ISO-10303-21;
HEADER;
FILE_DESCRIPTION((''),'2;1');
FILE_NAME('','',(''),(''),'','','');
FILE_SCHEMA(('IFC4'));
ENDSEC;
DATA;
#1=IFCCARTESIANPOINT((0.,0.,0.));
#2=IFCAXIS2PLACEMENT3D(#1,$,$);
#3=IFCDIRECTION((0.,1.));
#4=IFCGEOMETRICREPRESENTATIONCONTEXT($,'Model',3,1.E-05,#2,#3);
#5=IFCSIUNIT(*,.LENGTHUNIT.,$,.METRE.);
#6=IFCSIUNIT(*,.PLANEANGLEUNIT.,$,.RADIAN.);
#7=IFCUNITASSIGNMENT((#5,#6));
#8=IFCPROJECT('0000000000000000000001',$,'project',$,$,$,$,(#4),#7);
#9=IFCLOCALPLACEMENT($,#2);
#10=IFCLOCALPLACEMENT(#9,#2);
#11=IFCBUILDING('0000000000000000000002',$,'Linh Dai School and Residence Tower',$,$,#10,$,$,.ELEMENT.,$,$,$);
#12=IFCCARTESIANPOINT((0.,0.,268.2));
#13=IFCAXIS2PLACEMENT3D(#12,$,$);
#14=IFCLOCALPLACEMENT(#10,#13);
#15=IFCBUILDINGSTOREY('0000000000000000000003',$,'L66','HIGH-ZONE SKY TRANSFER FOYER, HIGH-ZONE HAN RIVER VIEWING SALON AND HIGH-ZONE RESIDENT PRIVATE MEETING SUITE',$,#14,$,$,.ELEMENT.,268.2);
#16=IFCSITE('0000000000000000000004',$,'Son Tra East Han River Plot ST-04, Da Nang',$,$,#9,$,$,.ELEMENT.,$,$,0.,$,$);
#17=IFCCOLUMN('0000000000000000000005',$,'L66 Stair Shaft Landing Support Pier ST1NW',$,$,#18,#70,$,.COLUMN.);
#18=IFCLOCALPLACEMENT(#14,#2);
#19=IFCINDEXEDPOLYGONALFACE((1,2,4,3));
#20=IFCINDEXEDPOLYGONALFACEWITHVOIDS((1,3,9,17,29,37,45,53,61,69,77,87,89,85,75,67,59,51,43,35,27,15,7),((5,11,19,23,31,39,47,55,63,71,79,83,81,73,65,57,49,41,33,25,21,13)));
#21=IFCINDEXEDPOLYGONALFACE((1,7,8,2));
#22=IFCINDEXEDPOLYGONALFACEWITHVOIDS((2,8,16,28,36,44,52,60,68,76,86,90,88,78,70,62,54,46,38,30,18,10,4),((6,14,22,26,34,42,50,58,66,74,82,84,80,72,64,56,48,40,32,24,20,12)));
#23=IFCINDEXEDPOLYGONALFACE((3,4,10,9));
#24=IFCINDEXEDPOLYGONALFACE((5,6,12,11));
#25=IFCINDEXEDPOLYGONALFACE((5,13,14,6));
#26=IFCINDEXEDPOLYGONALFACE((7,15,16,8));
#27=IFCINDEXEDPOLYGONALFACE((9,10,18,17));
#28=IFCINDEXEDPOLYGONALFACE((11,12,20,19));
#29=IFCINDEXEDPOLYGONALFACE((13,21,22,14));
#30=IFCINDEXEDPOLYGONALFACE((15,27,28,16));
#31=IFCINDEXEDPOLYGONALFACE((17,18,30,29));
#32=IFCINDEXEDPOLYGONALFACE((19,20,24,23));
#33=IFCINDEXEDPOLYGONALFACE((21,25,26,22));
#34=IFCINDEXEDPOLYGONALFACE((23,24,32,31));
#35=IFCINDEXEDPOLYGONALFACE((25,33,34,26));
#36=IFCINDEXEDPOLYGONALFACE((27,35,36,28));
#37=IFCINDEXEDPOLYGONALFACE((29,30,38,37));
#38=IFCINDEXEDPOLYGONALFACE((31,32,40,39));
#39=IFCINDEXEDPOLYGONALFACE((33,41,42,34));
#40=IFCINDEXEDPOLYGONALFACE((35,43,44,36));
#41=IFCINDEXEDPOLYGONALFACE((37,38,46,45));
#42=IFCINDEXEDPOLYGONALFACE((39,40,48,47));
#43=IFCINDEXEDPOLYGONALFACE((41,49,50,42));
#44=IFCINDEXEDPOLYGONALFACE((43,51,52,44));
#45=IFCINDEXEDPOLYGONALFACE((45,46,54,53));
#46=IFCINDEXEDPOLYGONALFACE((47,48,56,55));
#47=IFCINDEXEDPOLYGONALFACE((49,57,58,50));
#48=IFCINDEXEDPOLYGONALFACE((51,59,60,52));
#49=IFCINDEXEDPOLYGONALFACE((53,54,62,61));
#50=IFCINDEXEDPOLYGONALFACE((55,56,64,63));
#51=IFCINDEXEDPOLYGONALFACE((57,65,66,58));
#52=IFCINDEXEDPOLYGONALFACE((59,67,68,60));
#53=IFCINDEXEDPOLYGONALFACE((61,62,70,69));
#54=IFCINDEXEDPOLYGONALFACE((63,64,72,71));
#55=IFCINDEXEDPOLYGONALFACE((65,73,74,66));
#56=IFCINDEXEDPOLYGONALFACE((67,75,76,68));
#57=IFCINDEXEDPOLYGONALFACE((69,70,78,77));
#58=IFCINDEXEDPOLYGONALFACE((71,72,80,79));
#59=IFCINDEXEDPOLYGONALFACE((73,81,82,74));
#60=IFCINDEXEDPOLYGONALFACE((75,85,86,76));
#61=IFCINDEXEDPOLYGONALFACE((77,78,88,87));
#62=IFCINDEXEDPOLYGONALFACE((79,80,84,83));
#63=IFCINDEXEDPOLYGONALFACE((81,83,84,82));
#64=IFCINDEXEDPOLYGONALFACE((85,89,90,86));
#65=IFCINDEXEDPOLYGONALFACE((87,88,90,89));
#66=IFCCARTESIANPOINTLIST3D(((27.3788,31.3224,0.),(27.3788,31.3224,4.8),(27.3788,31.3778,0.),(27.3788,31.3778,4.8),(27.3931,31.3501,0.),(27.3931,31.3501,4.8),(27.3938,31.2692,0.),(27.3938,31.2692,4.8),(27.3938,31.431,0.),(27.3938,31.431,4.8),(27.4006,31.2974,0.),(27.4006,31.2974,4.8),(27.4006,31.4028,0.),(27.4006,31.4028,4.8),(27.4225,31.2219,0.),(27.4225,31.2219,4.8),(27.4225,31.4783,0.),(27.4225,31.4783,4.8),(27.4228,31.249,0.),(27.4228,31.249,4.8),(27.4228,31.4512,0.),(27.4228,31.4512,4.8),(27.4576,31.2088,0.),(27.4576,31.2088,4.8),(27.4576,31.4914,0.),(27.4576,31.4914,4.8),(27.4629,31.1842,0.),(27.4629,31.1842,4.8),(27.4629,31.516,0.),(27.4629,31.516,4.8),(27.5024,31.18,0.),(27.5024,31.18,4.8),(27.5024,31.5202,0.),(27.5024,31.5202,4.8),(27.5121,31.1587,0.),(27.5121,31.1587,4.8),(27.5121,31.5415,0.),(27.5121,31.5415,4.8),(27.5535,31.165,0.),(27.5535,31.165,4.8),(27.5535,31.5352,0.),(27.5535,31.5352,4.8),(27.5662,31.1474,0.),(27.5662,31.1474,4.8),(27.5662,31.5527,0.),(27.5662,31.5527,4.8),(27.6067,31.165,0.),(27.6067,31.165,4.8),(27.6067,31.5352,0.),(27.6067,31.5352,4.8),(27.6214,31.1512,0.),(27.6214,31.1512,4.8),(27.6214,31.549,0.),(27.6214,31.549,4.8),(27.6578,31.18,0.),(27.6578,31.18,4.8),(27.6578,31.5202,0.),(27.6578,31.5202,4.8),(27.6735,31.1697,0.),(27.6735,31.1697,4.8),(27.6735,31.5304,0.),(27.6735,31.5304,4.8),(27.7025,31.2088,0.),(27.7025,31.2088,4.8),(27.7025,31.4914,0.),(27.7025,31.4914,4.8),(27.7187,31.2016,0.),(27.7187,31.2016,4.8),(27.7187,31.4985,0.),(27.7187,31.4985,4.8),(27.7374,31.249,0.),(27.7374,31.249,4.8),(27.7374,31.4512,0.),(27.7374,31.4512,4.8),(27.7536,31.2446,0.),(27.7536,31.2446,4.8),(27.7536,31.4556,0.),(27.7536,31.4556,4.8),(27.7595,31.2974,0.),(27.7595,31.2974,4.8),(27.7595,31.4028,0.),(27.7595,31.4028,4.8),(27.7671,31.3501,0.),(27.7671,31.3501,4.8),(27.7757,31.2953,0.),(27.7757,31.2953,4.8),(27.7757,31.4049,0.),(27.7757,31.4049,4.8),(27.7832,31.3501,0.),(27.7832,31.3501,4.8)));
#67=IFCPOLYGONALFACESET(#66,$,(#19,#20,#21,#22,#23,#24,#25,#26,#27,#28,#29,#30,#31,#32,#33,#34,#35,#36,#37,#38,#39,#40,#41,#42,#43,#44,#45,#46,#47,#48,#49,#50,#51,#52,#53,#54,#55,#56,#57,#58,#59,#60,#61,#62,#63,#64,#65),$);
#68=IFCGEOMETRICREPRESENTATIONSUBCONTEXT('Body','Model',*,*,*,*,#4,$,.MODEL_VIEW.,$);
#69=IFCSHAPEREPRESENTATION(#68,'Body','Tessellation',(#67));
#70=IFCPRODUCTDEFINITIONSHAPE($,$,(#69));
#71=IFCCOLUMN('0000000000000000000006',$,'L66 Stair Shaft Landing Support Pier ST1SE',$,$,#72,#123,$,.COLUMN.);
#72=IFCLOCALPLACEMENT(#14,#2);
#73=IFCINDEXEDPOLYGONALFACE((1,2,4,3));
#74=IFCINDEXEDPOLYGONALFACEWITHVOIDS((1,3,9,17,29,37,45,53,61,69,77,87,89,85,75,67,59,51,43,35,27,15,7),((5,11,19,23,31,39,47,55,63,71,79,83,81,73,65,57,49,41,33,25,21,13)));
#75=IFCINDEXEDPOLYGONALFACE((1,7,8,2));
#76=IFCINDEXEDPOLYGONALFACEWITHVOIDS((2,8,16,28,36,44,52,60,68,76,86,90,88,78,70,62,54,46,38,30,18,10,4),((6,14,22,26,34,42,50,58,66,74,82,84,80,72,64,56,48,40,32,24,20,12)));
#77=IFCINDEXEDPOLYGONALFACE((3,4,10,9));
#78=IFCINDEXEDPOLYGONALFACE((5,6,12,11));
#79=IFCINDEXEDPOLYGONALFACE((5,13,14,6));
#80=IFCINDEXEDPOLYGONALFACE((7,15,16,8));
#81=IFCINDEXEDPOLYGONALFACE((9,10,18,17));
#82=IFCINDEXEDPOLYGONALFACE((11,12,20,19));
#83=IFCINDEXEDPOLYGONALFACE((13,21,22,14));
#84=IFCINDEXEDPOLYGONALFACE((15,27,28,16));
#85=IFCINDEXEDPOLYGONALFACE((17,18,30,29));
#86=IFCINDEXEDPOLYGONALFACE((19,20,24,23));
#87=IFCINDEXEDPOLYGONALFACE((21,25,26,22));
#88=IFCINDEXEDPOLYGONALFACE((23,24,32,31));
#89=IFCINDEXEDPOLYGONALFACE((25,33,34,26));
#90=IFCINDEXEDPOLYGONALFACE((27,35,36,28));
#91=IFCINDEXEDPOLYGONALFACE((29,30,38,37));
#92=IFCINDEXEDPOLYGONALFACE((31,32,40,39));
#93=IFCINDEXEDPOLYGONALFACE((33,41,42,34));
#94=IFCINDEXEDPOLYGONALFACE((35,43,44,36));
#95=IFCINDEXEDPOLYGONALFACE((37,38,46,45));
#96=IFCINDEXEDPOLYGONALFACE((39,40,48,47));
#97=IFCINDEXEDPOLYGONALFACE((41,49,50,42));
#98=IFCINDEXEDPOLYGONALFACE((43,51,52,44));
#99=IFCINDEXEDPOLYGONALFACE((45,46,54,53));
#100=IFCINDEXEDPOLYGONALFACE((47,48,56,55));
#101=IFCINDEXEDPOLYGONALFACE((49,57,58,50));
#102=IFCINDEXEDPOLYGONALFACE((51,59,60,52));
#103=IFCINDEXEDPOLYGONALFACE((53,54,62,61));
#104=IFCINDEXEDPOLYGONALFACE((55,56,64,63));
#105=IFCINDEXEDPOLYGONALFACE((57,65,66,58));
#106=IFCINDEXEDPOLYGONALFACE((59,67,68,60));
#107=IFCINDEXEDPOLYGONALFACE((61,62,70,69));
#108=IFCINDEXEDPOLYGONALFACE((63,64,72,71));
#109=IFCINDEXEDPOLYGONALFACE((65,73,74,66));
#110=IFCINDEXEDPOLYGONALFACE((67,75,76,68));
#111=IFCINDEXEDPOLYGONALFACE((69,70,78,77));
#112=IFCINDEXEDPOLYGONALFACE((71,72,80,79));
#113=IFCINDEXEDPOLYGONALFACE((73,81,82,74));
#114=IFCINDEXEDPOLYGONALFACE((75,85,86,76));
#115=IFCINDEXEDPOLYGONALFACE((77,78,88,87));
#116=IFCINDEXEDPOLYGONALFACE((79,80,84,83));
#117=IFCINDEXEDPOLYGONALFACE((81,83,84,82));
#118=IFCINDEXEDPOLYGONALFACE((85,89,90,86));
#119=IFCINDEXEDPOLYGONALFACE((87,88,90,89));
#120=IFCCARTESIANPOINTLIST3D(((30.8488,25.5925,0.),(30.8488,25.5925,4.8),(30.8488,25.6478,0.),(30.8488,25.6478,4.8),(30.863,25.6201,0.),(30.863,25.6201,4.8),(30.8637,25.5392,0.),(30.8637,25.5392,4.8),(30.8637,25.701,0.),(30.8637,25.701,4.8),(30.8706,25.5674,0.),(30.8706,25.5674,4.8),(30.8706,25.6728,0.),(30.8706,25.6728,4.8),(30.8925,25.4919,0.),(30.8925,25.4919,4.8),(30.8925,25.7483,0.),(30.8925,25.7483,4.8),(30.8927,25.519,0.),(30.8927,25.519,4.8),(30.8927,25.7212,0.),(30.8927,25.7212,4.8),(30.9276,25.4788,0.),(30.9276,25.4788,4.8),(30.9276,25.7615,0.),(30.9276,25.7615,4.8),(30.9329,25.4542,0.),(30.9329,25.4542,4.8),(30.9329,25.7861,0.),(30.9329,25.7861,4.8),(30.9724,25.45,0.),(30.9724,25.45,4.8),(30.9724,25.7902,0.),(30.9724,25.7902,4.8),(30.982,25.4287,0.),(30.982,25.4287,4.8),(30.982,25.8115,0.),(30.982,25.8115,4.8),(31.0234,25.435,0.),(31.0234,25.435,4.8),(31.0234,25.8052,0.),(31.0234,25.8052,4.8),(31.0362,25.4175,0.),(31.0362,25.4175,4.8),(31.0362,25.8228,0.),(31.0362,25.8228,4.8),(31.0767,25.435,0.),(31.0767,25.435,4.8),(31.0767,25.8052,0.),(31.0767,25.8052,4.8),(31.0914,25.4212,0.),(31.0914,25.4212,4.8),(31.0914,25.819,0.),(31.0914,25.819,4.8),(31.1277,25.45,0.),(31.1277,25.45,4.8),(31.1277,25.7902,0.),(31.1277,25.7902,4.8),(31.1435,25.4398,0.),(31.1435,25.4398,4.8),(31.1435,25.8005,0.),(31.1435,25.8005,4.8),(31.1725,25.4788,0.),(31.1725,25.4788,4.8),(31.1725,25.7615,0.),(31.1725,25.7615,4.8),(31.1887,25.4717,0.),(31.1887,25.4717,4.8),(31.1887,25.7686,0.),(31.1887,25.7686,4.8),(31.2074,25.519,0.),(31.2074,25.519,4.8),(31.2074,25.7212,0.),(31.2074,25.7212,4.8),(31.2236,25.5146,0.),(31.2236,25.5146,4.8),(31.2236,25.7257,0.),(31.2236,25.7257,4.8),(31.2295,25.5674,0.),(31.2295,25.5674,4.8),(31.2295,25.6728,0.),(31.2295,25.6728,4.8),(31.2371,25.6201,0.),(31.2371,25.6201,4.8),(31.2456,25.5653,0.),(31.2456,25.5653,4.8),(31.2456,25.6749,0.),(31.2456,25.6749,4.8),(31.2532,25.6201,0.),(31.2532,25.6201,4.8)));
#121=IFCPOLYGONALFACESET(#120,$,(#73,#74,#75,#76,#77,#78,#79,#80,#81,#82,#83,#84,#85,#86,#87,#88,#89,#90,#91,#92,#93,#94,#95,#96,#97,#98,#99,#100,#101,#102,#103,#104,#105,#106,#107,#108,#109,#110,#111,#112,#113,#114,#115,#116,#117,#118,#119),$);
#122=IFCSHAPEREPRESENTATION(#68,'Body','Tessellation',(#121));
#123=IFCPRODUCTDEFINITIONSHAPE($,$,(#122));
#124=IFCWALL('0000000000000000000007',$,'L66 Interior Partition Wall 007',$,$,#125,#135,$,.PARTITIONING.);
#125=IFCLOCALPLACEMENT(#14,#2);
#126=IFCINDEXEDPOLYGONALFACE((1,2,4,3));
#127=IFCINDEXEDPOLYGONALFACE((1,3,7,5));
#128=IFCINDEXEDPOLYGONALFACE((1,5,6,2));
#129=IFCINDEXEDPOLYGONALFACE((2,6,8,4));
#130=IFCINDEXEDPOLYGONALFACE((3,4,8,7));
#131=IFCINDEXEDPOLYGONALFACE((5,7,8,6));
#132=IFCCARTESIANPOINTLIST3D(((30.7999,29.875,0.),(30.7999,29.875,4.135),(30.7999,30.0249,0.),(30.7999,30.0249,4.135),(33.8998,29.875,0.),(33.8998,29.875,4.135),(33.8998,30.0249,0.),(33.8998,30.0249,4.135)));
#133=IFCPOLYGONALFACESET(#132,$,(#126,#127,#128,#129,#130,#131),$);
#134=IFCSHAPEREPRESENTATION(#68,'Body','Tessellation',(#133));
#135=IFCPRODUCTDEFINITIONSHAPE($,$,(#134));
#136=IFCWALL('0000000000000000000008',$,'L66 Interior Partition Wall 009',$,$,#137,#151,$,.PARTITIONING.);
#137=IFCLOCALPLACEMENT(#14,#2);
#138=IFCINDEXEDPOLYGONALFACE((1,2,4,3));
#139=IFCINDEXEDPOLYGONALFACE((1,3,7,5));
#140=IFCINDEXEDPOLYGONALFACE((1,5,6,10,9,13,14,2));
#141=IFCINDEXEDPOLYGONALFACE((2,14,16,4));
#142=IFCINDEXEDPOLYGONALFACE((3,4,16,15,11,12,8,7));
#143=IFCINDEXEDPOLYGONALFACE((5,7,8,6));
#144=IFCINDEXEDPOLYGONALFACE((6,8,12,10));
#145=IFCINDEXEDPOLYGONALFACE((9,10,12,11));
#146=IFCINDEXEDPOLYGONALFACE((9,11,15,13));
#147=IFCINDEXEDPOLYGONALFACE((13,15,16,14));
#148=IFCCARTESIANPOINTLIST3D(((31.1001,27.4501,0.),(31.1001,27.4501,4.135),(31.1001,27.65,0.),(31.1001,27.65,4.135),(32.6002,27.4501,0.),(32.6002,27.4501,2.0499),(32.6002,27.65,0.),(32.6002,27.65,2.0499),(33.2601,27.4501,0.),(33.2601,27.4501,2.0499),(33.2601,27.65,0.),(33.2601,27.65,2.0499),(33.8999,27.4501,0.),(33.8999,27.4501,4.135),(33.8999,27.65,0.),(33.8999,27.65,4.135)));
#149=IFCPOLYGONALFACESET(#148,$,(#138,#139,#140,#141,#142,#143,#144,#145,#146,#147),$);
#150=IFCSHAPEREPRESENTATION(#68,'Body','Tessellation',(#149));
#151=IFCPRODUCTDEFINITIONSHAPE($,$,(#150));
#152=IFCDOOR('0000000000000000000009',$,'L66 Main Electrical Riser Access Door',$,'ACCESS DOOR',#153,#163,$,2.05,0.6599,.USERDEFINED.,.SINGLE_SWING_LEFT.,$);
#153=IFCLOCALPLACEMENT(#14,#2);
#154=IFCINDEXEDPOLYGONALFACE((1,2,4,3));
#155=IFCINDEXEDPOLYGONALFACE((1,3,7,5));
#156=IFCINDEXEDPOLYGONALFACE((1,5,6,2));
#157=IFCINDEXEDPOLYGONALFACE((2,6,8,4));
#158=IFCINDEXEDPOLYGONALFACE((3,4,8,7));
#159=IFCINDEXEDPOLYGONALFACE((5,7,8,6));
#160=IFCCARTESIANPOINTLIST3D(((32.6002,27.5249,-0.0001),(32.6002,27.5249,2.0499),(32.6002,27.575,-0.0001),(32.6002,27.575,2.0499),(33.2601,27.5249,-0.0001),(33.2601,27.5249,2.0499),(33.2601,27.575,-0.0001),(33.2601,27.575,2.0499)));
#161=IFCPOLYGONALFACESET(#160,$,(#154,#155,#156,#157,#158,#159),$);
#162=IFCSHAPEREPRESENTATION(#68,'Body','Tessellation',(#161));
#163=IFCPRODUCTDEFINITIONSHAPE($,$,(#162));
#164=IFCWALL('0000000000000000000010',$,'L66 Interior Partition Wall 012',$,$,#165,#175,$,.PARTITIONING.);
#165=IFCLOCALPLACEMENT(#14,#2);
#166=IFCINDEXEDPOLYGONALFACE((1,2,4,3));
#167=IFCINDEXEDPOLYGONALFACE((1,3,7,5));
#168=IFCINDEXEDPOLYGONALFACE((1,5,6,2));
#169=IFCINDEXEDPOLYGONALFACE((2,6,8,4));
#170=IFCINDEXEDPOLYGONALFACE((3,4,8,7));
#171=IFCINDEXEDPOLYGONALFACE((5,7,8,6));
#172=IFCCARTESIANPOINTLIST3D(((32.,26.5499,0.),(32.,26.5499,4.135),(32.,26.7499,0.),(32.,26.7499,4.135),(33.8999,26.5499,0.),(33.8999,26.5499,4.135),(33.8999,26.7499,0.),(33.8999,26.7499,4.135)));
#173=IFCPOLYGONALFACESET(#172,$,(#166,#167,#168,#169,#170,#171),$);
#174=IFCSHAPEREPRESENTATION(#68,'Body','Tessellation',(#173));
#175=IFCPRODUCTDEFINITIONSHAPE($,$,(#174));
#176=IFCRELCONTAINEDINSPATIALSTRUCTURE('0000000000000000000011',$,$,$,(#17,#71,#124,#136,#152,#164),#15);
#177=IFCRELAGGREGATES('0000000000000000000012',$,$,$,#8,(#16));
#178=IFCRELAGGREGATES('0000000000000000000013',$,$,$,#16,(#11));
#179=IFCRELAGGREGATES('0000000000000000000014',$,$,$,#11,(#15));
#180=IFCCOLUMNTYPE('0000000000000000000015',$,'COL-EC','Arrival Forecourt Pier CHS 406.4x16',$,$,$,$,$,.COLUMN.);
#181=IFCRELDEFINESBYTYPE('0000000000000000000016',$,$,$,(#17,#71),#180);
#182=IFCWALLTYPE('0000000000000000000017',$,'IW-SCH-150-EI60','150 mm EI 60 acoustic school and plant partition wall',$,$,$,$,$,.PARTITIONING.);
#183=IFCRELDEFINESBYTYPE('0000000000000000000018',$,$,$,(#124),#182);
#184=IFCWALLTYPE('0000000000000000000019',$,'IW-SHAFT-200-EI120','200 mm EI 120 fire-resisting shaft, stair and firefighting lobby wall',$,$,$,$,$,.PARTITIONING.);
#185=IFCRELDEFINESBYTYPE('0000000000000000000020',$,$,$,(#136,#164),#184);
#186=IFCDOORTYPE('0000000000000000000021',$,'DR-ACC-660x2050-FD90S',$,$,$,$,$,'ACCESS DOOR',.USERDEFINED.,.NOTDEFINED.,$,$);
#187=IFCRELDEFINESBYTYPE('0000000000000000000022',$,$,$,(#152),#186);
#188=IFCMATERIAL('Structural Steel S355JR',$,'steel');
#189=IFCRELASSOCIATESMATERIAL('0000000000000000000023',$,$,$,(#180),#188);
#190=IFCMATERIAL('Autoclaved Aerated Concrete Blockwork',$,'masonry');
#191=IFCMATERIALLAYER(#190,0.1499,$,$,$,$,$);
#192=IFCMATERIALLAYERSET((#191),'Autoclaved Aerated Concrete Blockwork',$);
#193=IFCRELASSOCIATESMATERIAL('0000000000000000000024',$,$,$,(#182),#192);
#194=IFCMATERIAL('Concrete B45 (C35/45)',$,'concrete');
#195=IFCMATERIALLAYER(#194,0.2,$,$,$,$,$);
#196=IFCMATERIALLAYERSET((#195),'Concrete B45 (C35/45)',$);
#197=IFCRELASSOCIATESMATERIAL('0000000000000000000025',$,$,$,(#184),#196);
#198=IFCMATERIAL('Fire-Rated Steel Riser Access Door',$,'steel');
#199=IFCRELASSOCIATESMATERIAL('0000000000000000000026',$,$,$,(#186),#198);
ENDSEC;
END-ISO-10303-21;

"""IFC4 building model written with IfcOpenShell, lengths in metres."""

from ifc_helpers import new_model, si_unit, direction, frame, frame_2d, origin, origin_2d, place, context, subcontext, project, spatial, rectangle, hollow_circle, extrude, source, transform, mapped, material, layer, layer_set, material_profile, profile_set, type_object, element, fill, save


model = new_model("IFC4")

# Units and contexts
model_context = context("Model", 3, precision=1e-05, world=origin(), true_north=direction((0.0, 1.0)))
body_context = subcontext(model_context, "Body", "Model", "MODEL_VIEW")
ifc_project = project(units=[si_unit("LENGTHUNIT", "METRE"), si_unit("PLANEANGLEUNIT", "RADIAN")], contexts=[model_context])

# Site, building, storey
site_placement = place(None, origin())
site = spatial("IfcSite", under=ifc_project, at=site_placement, Name="Son Tra East Han River Plot ST-04, Da Nang", CompositionType="ELEMENT", RefElevation=0.0)
building_placement = place(site_placement, origin())
building = spatial("IfcBuilding", under=site, at=building_placement, Name="Linh Dai School and Residence Tower", CompositionType="ELEMENT")
storey_placement = place(building_placement, frame((0.0, 0.0, 268.2)))
storey = spatial("IfcBuildingStorey", under=building, at=storey_placement, Name="L66", Description="HIGH-ZONE SKY TRANSFER FOYER, HIGH-ZONE HAN RIVER VIEWING SALON AND HIGH-ZONE RESIDENT PRIVATE MEETING SUITE", CompositionType="ELEMENT", Elevation=268.2)

# Columns
ifc_material_1 = material(Name="Structural Steel S355JR", Category="steel")
ifc_material_profile = material_profile(ifc_material_1, hollow_circle(Radius=0.2031, WallThickness=0.0161, at=origin_2d()), Name="CHS 406.4x16")
ifc_profile_set = profile_set([ifc_material_profile], Name="Structural Steel S355JR")
column_type = type_object("IfcColumnType", Name="COL-EC", Description="Arrival Forecourt Pier CHS 406.4x16", PredefinedType="COLUMN", material=ifc_profile_set)
for number, where, z_axis, x_axis, name in (
    (1, (27.5801, 31.3501, 0.0), (0.0, 0.0, 1.0), (1.0, 0.0, 0.0), "L66 Stair Shaft Landing Support Pier ST1NW"),
    (2, (31.05, 25.6201, 0.0), (0.0, 0.0, 1.0), (1.0, 0.0, 0.0), "L66 Stair Shaft Landing Support Pier ST1SE"),
):
    element("IfcColumn", number, at=place(storey_placement, frame(where, z_axis=z_axis, x_axis=x_axis)), inside=storey, type_object=column_type, Name=name, PredefinedType="COLUMN", context=body_context, shape_type="SweptSolid", body=[
        extrude(hollow_circle(Radius=0.2031, WallThickness=0.0161, at=origin_2d()), origin(), (0.0, 0.0, 1.0), 4.8),
    ])

# Shared definitions
ifc_material_2 = material(Name="Autoclaved Aerated Concrete Blockwork", Category="masonry")

# Wall
ifc_layer_1 = layer(ifc_material_2, 0.1499)
ifc_layer_set_1 = layer_set([ifc_layer_1], Name="Autoclaved Aerated Concrete Blockwork")
wall_type_1 = type_object("IfcWallType", Name="IW-SCH-150-EI60", Description="150 mm EI 60 acoustic school and plant partition wall", PredefinedType="PARTITIONING", material=ifc_layer_set_1)
wall_1_placement = place(storey_placement, frame((30.8, 29.95, 0.0), z_axis=(0.0, 0.0, 1.0), x_axis=(1.0, 0.0, 0.0)))
element("IfcWall", 3, at=wall_1_placement, inside=storey, type_object=wall_type_1, Name="L66 Interior Partition Wall 007", PredefinedType="PARTITIONING", context=body_context, shape_type="SweptSolid", body=[
    extrude(rectangle(XDim=3.0999, YDim=0.1499, at=frame_2d((1.5498, 0.0))), origin(), (0.0, 0.0, 1.0), 4.135),
])

# Wall, opening, door
ifc_material_3 = material(Name="Concrete B45 (C35/45)", Category="concrete")
ifc_layer_2 = layer(ifc_material_3, 0.2)
ifc_layer_set_2 = layer_set([ifc_layer_2], Name="Concrete B45 (C35/45)")
wall_type_2 = type_object("IfcWallType", Name="IW-SHAFT-200-EI120", Description="200 mm EI 120 fire-resisting shaft, stair and firefighting lobby wall", PredefinedType="PARTITIONING", material=ifc_layer_set_2)
wall_2_placement = place(storey_placement, frame((31.1001, 27.55, 0.0), z_axis=(0.0, 0.0, 1.0), x_axis=(1.0, 0.0, 0.0)))
wall_2 = element("IfcWall", 4, at=wall_2_placement, inside=storey, type_object=wall_type_2, Name="L66 Interior Partition Wall 009", PredefinedType="PARTITIONING", context=body_context, shape_type="SweptSolid", body=[
    extrude(rectangle(XDim=2.7998, YDim=0.2, at=frame_2d((1.3999, 0.0))), origin(), (0.0, 0.0, 1.0), 4.135),
])
opening_1_placement = place(wall_2_placement, frame((1.5, 0.0, 0.0)))
opening_1 = element("IfcOpeningElement", 5, at=opening_1_placement, cuts=wall_2, PredefinedType="OPENING", context=body_context, shape_type="SweptSolid", body=[
    extrude(rectangle(XDim=0.6599, YDim=2.05, at=origin_2d()), frame((0.3301, 0.1099, 1.0249), z_axis=(0.0, -1.0, 0.0), x_axis=(1.0, 0.0, 0.0)), (0.0, 0.0, 1.0), 0.22),
])
ifc_material_4 = material(Name="Fire-Rated Steel Riser Access Door", Category="steel")
door_type_1 = type_object("IfcDoorType", Name="DR-ACC-660x2050-FD90S", ElementType="ACCESS DOOR", OperationType="NOTDEFINED", PredefinedType="USERDEFINED", material=ifc_material_4)
shared_shape_1 = source(origin(), body_context, "Body", "SweptSolid", [
    extrude(rectangle(XDim=0.6599, YDim=2.05, at=origin_2d()), frame((0.3301, 0.0249, 1.0249), z_axis=(0.0, -1.0, 0.0), x_axis=(1.0, 0.0, 0.0)), (0.0, 0.0, 1.0), 0.05),
])
door_1_placement = place(opening_1_placement, origin())
door_1 = element("IfcDoor", 6, at=door_1_placement, inside=storey, type_object=door_type_1, Name="L66 Main Electrical Riser Access Door", ObjectType="ACCESS DOOR", OperationType="SINGLE_SWING_LEFT", OverallHeight=2.05, OverallWidth=0.6599, PredefinedType="USERDEFINED", context=body_context, shape_type="MappedRepresentation", body=[
    mapped(shared_shape_1, transform((0.0, 0.0, 0.0), x_axis=(1.0, 0.0, 0.0), y_axis=(0.0, 1.0, 0.0), z_axis=(0.0, 0.0, 1.0), scale=1.0)),
])
fill(opening_1, door_1)

# Wall
wall_3_placement = place(storey_placement, frame((32.0, 26.6499, 0.0), z_axis=(0.0, 0.0, 1.0), x_axis=(1.0, 0.0, 0.0)))
element("IfcWall", 7, at=wall_3_placement, inside=storey, type_object=wall_type_2, Name="L66 Interior Partition Wall 012", PredefinedType="PARTITIONING", context=body_context, shape_type="SweptSolid", body=[
    extrude(rectangle(XDim=1.8999, YDim=0.2, at=frame_2d((0.95, 0.0))), origin(), (0.0, 0.0, 1.0), 4.135),
])

save(model, "model.ifc")
